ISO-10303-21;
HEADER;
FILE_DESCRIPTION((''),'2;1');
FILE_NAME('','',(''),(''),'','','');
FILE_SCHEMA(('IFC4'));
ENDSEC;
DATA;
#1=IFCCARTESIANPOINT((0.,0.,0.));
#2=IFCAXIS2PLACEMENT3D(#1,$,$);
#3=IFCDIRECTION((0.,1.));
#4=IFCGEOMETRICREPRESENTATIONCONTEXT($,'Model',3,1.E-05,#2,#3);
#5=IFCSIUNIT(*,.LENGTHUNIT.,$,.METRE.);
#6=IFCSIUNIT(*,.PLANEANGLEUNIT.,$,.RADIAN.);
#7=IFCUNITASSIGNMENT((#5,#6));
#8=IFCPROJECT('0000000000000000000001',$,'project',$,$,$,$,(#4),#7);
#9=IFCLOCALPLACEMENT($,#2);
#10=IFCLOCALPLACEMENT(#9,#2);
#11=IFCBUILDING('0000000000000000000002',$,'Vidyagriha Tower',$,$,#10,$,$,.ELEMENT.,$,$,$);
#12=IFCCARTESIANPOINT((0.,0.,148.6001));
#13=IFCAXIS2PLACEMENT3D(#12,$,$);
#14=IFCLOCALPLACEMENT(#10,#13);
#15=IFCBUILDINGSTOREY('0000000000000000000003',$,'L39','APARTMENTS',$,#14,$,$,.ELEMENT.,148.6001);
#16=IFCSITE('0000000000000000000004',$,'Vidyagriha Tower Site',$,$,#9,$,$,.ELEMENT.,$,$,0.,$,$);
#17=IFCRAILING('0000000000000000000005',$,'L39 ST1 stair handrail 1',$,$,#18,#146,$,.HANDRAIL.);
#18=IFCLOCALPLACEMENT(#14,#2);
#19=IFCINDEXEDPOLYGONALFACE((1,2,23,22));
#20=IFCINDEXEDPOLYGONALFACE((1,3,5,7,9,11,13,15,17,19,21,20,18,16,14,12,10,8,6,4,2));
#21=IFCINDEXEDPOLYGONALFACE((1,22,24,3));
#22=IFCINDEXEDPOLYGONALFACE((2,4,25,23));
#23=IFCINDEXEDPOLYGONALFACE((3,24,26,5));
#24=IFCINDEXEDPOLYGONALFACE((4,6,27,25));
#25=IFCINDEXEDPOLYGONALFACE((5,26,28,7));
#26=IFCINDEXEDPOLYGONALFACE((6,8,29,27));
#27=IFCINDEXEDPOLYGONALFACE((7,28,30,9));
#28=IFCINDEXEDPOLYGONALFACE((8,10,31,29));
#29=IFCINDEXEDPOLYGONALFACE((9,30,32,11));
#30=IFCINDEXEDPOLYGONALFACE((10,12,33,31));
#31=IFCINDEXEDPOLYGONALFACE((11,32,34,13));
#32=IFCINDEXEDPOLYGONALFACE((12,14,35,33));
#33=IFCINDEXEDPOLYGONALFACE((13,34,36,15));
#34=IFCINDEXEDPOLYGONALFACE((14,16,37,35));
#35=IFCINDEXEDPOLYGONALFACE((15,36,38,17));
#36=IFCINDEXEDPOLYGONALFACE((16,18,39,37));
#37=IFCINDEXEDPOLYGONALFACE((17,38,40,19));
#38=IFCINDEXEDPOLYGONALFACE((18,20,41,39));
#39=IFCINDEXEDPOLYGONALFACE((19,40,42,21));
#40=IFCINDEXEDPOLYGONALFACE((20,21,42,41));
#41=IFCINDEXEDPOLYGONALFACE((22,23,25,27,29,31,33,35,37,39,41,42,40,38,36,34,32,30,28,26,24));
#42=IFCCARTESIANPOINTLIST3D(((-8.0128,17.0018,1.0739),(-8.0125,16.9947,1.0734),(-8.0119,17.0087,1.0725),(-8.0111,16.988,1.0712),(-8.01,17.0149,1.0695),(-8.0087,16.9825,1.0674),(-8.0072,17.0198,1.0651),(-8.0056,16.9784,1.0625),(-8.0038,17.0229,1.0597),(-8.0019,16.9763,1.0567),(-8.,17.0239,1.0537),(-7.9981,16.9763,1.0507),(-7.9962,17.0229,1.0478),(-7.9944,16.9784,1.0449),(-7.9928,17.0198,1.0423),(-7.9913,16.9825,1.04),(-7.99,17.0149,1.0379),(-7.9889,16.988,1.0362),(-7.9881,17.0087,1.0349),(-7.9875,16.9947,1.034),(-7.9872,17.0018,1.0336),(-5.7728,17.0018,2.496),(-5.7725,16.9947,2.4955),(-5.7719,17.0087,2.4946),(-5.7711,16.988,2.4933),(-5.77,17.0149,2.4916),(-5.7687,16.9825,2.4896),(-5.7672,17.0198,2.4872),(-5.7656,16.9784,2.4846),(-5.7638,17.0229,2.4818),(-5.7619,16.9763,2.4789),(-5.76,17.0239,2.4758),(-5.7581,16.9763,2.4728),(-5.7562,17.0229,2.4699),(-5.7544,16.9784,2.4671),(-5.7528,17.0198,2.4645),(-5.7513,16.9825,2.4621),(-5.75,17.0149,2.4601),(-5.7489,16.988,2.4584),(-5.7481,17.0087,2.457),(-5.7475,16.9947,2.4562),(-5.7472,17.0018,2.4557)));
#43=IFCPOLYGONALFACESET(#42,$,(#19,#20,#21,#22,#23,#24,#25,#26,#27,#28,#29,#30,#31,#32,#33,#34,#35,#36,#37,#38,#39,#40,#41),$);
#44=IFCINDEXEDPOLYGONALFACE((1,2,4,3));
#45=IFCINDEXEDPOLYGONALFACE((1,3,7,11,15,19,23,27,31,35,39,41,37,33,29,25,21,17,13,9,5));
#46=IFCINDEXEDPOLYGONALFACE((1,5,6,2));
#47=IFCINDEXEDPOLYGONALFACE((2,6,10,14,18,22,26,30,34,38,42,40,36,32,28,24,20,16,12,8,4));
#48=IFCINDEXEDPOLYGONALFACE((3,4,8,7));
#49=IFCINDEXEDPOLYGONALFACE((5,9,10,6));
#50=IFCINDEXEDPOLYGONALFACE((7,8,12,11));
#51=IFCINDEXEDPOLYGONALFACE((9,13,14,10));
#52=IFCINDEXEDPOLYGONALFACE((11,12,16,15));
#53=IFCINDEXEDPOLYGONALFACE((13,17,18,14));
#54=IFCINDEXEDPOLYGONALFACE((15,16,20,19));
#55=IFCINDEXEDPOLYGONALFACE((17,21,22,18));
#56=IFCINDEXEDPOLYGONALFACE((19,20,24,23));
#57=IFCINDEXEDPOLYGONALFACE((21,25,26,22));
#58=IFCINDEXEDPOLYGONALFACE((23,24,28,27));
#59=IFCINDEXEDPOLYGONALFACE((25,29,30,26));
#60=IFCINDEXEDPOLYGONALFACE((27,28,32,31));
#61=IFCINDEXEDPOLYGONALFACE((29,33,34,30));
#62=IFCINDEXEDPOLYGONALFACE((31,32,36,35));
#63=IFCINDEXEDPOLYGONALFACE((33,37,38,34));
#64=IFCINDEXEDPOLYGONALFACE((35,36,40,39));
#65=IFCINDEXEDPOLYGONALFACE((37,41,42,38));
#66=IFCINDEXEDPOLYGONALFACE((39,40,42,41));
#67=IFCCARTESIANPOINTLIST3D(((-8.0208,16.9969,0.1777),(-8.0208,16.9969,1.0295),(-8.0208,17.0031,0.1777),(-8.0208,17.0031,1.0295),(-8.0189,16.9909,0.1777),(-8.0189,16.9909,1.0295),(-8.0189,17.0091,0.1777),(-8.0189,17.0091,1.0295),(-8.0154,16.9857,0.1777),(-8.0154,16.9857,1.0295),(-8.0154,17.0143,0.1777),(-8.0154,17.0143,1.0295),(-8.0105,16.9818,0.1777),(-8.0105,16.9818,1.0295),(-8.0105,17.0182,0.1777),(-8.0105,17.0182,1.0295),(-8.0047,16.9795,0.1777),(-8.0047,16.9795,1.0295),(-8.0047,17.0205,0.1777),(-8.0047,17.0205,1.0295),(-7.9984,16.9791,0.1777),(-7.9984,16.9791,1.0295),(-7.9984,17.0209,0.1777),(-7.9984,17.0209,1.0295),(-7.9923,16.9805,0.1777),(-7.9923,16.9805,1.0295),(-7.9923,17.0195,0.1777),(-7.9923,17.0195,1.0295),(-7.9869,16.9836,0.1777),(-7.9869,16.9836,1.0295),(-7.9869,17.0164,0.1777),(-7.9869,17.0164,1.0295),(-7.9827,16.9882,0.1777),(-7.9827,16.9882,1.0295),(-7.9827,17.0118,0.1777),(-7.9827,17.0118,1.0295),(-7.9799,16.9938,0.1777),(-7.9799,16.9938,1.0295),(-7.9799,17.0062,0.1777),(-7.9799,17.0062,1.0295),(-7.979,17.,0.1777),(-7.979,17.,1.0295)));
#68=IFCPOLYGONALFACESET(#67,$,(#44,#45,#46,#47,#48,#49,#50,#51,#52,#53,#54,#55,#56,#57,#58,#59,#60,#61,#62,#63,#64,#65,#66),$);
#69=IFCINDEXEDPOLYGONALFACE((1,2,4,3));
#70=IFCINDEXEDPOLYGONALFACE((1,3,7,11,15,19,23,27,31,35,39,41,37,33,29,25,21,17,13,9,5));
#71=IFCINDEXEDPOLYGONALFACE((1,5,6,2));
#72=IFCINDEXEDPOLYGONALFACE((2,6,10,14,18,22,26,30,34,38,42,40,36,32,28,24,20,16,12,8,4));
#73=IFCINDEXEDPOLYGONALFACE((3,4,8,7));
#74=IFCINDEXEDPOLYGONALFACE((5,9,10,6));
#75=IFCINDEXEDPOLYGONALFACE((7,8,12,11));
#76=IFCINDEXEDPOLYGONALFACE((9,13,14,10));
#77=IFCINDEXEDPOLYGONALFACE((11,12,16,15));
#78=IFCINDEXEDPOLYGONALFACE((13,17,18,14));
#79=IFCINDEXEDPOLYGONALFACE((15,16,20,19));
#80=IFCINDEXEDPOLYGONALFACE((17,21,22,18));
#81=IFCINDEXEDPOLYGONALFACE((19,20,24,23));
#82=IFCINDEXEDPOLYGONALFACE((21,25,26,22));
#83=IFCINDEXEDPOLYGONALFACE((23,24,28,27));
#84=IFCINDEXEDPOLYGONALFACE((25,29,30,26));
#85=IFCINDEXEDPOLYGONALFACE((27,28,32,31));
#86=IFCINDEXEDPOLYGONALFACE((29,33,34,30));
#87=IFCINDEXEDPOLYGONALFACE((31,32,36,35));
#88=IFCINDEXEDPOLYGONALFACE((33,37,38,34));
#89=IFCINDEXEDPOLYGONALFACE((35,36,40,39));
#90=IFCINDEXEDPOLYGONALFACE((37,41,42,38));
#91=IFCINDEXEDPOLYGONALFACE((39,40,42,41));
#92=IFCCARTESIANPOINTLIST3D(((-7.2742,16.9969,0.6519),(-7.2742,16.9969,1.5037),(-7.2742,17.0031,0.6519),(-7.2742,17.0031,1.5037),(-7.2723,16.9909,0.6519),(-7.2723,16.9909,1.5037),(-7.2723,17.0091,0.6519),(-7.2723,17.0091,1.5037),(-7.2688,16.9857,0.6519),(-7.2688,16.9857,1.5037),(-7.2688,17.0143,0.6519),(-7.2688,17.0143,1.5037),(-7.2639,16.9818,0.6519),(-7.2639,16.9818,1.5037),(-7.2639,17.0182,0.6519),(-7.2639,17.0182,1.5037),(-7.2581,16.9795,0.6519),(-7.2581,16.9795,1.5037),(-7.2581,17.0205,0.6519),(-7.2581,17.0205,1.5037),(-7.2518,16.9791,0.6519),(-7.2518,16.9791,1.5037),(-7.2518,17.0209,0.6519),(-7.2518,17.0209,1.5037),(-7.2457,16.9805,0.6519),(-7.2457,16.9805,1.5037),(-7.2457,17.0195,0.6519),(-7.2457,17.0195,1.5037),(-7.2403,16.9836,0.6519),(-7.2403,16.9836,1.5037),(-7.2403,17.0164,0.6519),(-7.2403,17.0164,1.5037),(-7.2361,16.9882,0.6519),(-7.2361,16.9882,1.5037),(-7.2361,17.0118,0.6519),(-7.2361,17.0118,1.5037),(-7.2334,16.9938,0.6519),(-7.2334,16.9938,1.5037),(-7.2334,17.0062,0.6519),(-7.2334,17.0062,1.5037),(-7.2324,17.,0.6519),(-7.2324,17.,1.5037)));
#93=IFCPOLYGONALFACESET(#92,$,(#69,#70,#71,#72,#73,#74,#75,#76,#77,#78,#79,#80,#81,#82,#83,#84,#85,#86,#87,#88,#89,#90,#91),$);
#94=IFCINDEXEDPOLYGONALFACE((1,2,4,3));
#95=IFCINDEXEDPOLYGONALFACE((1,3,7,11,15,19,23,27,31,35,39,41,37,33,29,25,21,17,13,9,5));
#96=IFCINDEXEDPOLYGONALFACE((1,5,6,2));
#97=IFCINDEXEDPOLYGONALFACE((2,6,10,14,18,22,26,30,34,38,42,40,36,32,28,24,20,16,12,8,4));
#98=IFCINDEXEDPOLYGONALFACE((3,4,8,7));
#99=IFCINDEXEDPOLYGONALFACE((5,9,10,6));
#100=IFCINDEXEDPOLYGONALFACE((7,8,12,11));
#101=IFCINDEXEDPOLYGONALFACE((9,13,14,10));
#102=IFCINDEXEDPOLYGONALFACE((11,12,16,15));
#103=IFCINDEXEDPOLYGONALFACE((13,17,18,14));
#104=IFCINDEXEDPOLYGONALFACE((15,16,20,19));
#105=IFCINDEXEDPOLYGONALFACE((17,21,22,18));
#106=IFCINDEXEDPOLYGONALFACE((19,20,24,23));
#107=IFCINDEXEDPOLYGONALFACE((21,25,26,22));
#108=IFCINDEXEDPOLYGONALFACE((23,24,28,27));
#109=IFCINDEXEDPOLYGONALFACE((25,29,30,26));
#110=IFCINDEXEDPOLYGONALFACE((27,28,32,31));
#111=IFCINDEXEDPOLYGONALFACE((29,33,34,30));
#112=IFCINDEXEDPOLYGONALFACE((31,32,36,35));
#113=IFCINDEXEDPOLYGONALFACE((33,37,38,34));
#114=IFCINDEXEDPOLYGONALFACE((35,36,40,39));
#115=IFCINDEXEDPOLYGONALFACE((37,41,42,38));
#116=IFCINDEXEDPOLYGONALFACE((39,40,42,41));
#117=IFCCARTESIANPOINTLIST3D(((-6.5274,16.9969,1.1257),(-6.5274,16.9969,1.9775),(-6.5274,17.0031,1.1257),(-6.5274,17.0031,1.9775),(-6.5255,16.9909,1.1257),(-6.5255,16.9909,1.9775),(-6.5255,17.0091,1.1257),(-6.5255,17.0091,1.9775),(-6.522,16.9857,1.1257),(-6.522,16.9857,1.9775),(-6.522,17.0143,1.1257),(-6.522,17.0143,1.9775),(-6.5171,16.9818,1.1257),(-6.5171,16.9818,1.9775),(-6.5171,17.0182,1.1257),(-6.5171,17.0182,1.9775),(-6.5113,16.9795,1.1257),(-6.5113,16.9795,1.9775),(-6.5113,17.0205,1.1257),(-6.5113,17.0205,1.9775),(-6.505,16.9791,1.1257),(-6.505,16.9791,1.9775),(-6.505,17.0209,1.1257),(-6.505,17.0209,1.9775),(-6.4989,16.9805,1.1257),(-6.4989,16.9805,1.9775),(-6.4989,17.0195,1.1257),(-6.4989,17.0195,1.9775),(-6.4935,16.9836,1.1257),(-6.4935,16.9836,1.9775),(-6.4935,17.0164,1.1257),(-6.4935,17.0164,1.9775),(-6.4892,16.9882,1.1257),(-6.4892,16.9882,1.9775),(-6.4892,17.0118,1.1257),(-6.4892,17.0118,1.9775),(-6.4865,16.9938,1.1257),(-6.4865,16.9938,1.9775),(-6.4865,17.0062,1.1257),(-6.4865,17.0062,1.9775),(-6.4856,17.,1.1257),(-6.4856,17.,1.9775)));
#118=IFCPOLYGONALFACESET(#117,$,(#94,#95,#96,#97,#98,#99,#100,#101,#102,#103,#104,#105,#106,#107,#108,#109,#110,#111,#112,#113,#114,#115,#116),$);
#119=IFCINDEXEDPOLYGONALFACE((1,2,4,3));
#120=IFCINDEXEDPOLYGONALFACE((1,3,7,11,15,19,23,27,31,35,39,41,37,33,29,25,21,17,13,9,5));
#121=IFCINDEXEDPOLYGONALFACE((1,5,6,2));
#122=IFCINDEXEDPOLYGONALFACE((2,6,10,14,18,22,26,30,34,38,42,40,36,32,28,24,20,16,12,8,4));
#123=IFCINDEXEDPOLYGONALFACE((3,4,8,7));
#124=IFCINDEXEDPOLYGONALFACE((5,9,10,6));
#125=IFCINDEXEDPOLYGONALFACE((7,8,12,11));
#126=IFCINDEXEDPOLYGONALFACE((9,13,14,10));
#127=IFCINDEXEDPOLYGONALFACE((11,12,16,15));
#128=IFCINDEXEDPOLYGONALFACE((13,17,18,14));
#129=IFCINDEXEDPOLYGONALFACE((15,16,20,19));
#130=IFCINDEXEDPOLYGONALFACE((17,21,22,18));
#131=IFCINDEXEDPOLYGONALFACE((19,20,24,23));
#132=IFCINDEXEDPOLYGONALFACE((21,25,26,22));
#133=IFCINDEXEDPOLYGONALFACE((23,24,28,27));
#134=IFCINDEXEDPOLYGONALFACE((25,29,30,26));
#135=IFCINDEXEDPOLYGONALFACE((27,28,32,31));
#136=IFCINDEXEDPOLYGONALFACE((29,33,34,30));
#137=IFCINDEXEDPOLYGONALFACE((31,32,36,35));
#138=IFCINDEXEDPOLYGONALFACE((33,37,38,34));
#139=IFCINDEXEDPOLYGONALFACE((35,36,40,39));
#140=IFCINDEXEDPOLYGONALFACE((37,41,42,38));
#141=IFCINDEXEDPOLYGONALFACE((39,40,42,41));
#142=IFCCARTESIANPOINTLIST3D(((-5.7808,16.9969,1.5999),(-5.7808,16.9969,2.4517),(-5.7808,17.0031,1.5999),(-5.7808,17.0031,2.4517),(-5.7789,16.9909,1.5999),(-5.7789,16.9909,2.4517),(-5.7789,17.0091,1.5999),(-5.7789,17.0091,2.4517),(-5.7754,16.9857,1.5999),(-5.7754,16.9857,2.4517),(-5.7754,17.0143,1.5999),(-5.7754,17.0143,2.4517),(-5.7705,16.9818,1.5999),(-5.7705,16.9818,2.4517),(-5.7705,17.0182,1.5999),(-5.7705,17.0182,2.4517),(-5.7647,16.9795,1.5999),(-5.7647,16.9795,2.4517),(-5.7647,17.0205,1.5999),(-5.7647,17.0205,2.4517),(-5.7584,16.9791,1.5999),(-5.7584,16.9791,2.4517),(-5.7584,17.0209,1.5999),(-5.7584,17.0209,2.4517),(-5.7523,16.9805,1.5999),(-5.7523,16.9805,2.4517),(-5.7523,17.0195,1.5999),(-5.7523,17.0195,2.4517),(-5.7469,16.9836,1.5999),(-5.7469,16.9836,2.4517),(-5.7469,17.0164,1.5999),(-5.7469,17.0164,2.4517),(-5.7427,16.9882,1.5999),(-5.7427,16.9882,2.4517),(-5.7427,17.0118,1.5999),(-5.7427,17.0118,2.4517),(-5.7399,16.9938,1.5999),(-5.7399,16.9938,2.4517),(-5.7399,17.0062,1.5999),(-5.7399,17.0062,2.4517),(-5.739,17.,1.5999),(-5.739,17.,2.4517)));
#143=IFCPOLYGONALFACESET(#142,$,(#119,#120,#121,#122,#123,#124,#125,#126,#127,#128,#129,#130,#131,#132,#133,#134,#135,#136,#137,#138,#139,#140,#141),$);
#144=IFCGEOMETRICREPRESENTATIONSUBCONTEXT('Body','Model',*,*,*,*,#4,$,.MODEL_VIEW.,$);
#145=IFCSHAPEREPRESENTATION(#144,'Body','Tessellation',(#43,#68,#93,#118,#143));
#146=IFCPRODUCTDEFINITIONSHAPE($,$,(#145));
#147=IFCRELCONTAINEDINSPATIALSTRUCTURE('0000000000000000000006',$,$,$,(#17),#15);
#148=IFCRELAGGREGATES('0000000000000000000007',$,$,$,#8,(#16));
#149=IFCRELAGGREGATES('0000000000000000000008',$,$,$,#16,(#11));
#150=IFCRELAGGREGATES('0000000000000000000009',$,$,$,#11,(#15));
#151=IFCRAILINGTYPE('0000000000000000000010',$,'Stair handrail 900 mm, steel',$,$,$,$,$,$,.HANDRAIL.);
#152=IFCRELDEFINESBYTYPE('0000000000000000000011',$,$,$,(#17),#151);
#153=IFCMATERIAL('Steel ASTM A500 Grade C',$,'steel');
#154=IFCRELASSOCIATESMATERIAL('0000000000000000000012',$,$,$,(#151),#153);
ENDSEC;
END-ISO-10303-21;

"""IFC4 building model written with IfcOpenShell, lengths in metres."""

from ifc_helpers import new_model, si_unit, direction, frame, origin, origin_2d, place, context, subcontext, project, spatial, circle, extrude, material, type_object, element, save


model = new_model("IFC4")

# Units and contexts
model_context = context("Model", 3, precision=1e-05, world=origin(), true_north=direction((0.0, 1.0)))
body_context = subcontext(model_context, "Body", "Model", "MODEL_VIEW")
ifc_project = project(units=[si_unit("LENGTHUNIT", "METRE"), si_unit("PLANEANGLEUNIT", "RADIAN")], contexts=[model_context])

# Site, building, storey
site_placement = place(None, origin())
site = spatial("IfcSite", under=ifc_project, at=site_placement, Name="Vidyagriha Tower Site", CompositionType="ELEMENT", RefElevation=0.0)
building_placement = place(site_placement, origin())
building = spatial("IfcBuilding", under=site, at=building_placement, Name="Vidyagriha Tower", CompositionType="ELEMENT")
storey_placement = place(building_placement, frame((0.0, 0.0, 148.6001)))
storey = spatial("IfcBuildingStorey", under=building, at=storey_placement, Name="L39", Description="APARTMENTS", CompositionType="ELEMENT", Elevation=148.6001)

# Railing
ifc_material_1 = material(Name="Steel ASTM A500 Grade C", Category="steel")
railing_type_1 = type_object("IfcRailingType", Name="Stair handrail 900 mm, steel", PredefinedType="HANDRAIL", material=ifc_material_1)
railing_1_placement = place(storey_placement, frame((-8.0, 17.0, 0.1777)))
element("IfcRailing", 1, at=railing_1_placement, inside=storey, type_object=railing_type_1, Name="L39 ST1 stair handrail 1", PredefinedType="HANDRAIL", context=body_context, shape_type="SweptSolid", body=[
    extrude(circle(Radius=0.0239, at=origin_2d()), frame((0.0, 0.0, 0.876), z_axis=(0.844229, 0.0, 0.535982), x_axis=(0.0, 1.0, 0.0)), (0.0, 0.0, 1.0), 2.6533),
    extrude(circle(Radius=0.021, at=origin_2d()), origin(), (0.0, 0.0, 1.0), 0.8518),
    extrude(circle(Radius=0.021, at=origin_2d()), frame((0.7466, 0.0, 0.4741)), (0.0, 0.0, 1.0), 0.8518),
    extrude(circle(Radius=0.021, at=origin_2d()), frame((1.4934, 0.0, 0.948)), (0.0, 0.0, 1.0), 0.8518),
    extrude(circle(Radius=0.021, at=origin_2d()), frame((2.24, 0.0, 1.4221)), (0.0, 0.0, 1.0), 0.8518),
])

save(model, "model.ifc")
